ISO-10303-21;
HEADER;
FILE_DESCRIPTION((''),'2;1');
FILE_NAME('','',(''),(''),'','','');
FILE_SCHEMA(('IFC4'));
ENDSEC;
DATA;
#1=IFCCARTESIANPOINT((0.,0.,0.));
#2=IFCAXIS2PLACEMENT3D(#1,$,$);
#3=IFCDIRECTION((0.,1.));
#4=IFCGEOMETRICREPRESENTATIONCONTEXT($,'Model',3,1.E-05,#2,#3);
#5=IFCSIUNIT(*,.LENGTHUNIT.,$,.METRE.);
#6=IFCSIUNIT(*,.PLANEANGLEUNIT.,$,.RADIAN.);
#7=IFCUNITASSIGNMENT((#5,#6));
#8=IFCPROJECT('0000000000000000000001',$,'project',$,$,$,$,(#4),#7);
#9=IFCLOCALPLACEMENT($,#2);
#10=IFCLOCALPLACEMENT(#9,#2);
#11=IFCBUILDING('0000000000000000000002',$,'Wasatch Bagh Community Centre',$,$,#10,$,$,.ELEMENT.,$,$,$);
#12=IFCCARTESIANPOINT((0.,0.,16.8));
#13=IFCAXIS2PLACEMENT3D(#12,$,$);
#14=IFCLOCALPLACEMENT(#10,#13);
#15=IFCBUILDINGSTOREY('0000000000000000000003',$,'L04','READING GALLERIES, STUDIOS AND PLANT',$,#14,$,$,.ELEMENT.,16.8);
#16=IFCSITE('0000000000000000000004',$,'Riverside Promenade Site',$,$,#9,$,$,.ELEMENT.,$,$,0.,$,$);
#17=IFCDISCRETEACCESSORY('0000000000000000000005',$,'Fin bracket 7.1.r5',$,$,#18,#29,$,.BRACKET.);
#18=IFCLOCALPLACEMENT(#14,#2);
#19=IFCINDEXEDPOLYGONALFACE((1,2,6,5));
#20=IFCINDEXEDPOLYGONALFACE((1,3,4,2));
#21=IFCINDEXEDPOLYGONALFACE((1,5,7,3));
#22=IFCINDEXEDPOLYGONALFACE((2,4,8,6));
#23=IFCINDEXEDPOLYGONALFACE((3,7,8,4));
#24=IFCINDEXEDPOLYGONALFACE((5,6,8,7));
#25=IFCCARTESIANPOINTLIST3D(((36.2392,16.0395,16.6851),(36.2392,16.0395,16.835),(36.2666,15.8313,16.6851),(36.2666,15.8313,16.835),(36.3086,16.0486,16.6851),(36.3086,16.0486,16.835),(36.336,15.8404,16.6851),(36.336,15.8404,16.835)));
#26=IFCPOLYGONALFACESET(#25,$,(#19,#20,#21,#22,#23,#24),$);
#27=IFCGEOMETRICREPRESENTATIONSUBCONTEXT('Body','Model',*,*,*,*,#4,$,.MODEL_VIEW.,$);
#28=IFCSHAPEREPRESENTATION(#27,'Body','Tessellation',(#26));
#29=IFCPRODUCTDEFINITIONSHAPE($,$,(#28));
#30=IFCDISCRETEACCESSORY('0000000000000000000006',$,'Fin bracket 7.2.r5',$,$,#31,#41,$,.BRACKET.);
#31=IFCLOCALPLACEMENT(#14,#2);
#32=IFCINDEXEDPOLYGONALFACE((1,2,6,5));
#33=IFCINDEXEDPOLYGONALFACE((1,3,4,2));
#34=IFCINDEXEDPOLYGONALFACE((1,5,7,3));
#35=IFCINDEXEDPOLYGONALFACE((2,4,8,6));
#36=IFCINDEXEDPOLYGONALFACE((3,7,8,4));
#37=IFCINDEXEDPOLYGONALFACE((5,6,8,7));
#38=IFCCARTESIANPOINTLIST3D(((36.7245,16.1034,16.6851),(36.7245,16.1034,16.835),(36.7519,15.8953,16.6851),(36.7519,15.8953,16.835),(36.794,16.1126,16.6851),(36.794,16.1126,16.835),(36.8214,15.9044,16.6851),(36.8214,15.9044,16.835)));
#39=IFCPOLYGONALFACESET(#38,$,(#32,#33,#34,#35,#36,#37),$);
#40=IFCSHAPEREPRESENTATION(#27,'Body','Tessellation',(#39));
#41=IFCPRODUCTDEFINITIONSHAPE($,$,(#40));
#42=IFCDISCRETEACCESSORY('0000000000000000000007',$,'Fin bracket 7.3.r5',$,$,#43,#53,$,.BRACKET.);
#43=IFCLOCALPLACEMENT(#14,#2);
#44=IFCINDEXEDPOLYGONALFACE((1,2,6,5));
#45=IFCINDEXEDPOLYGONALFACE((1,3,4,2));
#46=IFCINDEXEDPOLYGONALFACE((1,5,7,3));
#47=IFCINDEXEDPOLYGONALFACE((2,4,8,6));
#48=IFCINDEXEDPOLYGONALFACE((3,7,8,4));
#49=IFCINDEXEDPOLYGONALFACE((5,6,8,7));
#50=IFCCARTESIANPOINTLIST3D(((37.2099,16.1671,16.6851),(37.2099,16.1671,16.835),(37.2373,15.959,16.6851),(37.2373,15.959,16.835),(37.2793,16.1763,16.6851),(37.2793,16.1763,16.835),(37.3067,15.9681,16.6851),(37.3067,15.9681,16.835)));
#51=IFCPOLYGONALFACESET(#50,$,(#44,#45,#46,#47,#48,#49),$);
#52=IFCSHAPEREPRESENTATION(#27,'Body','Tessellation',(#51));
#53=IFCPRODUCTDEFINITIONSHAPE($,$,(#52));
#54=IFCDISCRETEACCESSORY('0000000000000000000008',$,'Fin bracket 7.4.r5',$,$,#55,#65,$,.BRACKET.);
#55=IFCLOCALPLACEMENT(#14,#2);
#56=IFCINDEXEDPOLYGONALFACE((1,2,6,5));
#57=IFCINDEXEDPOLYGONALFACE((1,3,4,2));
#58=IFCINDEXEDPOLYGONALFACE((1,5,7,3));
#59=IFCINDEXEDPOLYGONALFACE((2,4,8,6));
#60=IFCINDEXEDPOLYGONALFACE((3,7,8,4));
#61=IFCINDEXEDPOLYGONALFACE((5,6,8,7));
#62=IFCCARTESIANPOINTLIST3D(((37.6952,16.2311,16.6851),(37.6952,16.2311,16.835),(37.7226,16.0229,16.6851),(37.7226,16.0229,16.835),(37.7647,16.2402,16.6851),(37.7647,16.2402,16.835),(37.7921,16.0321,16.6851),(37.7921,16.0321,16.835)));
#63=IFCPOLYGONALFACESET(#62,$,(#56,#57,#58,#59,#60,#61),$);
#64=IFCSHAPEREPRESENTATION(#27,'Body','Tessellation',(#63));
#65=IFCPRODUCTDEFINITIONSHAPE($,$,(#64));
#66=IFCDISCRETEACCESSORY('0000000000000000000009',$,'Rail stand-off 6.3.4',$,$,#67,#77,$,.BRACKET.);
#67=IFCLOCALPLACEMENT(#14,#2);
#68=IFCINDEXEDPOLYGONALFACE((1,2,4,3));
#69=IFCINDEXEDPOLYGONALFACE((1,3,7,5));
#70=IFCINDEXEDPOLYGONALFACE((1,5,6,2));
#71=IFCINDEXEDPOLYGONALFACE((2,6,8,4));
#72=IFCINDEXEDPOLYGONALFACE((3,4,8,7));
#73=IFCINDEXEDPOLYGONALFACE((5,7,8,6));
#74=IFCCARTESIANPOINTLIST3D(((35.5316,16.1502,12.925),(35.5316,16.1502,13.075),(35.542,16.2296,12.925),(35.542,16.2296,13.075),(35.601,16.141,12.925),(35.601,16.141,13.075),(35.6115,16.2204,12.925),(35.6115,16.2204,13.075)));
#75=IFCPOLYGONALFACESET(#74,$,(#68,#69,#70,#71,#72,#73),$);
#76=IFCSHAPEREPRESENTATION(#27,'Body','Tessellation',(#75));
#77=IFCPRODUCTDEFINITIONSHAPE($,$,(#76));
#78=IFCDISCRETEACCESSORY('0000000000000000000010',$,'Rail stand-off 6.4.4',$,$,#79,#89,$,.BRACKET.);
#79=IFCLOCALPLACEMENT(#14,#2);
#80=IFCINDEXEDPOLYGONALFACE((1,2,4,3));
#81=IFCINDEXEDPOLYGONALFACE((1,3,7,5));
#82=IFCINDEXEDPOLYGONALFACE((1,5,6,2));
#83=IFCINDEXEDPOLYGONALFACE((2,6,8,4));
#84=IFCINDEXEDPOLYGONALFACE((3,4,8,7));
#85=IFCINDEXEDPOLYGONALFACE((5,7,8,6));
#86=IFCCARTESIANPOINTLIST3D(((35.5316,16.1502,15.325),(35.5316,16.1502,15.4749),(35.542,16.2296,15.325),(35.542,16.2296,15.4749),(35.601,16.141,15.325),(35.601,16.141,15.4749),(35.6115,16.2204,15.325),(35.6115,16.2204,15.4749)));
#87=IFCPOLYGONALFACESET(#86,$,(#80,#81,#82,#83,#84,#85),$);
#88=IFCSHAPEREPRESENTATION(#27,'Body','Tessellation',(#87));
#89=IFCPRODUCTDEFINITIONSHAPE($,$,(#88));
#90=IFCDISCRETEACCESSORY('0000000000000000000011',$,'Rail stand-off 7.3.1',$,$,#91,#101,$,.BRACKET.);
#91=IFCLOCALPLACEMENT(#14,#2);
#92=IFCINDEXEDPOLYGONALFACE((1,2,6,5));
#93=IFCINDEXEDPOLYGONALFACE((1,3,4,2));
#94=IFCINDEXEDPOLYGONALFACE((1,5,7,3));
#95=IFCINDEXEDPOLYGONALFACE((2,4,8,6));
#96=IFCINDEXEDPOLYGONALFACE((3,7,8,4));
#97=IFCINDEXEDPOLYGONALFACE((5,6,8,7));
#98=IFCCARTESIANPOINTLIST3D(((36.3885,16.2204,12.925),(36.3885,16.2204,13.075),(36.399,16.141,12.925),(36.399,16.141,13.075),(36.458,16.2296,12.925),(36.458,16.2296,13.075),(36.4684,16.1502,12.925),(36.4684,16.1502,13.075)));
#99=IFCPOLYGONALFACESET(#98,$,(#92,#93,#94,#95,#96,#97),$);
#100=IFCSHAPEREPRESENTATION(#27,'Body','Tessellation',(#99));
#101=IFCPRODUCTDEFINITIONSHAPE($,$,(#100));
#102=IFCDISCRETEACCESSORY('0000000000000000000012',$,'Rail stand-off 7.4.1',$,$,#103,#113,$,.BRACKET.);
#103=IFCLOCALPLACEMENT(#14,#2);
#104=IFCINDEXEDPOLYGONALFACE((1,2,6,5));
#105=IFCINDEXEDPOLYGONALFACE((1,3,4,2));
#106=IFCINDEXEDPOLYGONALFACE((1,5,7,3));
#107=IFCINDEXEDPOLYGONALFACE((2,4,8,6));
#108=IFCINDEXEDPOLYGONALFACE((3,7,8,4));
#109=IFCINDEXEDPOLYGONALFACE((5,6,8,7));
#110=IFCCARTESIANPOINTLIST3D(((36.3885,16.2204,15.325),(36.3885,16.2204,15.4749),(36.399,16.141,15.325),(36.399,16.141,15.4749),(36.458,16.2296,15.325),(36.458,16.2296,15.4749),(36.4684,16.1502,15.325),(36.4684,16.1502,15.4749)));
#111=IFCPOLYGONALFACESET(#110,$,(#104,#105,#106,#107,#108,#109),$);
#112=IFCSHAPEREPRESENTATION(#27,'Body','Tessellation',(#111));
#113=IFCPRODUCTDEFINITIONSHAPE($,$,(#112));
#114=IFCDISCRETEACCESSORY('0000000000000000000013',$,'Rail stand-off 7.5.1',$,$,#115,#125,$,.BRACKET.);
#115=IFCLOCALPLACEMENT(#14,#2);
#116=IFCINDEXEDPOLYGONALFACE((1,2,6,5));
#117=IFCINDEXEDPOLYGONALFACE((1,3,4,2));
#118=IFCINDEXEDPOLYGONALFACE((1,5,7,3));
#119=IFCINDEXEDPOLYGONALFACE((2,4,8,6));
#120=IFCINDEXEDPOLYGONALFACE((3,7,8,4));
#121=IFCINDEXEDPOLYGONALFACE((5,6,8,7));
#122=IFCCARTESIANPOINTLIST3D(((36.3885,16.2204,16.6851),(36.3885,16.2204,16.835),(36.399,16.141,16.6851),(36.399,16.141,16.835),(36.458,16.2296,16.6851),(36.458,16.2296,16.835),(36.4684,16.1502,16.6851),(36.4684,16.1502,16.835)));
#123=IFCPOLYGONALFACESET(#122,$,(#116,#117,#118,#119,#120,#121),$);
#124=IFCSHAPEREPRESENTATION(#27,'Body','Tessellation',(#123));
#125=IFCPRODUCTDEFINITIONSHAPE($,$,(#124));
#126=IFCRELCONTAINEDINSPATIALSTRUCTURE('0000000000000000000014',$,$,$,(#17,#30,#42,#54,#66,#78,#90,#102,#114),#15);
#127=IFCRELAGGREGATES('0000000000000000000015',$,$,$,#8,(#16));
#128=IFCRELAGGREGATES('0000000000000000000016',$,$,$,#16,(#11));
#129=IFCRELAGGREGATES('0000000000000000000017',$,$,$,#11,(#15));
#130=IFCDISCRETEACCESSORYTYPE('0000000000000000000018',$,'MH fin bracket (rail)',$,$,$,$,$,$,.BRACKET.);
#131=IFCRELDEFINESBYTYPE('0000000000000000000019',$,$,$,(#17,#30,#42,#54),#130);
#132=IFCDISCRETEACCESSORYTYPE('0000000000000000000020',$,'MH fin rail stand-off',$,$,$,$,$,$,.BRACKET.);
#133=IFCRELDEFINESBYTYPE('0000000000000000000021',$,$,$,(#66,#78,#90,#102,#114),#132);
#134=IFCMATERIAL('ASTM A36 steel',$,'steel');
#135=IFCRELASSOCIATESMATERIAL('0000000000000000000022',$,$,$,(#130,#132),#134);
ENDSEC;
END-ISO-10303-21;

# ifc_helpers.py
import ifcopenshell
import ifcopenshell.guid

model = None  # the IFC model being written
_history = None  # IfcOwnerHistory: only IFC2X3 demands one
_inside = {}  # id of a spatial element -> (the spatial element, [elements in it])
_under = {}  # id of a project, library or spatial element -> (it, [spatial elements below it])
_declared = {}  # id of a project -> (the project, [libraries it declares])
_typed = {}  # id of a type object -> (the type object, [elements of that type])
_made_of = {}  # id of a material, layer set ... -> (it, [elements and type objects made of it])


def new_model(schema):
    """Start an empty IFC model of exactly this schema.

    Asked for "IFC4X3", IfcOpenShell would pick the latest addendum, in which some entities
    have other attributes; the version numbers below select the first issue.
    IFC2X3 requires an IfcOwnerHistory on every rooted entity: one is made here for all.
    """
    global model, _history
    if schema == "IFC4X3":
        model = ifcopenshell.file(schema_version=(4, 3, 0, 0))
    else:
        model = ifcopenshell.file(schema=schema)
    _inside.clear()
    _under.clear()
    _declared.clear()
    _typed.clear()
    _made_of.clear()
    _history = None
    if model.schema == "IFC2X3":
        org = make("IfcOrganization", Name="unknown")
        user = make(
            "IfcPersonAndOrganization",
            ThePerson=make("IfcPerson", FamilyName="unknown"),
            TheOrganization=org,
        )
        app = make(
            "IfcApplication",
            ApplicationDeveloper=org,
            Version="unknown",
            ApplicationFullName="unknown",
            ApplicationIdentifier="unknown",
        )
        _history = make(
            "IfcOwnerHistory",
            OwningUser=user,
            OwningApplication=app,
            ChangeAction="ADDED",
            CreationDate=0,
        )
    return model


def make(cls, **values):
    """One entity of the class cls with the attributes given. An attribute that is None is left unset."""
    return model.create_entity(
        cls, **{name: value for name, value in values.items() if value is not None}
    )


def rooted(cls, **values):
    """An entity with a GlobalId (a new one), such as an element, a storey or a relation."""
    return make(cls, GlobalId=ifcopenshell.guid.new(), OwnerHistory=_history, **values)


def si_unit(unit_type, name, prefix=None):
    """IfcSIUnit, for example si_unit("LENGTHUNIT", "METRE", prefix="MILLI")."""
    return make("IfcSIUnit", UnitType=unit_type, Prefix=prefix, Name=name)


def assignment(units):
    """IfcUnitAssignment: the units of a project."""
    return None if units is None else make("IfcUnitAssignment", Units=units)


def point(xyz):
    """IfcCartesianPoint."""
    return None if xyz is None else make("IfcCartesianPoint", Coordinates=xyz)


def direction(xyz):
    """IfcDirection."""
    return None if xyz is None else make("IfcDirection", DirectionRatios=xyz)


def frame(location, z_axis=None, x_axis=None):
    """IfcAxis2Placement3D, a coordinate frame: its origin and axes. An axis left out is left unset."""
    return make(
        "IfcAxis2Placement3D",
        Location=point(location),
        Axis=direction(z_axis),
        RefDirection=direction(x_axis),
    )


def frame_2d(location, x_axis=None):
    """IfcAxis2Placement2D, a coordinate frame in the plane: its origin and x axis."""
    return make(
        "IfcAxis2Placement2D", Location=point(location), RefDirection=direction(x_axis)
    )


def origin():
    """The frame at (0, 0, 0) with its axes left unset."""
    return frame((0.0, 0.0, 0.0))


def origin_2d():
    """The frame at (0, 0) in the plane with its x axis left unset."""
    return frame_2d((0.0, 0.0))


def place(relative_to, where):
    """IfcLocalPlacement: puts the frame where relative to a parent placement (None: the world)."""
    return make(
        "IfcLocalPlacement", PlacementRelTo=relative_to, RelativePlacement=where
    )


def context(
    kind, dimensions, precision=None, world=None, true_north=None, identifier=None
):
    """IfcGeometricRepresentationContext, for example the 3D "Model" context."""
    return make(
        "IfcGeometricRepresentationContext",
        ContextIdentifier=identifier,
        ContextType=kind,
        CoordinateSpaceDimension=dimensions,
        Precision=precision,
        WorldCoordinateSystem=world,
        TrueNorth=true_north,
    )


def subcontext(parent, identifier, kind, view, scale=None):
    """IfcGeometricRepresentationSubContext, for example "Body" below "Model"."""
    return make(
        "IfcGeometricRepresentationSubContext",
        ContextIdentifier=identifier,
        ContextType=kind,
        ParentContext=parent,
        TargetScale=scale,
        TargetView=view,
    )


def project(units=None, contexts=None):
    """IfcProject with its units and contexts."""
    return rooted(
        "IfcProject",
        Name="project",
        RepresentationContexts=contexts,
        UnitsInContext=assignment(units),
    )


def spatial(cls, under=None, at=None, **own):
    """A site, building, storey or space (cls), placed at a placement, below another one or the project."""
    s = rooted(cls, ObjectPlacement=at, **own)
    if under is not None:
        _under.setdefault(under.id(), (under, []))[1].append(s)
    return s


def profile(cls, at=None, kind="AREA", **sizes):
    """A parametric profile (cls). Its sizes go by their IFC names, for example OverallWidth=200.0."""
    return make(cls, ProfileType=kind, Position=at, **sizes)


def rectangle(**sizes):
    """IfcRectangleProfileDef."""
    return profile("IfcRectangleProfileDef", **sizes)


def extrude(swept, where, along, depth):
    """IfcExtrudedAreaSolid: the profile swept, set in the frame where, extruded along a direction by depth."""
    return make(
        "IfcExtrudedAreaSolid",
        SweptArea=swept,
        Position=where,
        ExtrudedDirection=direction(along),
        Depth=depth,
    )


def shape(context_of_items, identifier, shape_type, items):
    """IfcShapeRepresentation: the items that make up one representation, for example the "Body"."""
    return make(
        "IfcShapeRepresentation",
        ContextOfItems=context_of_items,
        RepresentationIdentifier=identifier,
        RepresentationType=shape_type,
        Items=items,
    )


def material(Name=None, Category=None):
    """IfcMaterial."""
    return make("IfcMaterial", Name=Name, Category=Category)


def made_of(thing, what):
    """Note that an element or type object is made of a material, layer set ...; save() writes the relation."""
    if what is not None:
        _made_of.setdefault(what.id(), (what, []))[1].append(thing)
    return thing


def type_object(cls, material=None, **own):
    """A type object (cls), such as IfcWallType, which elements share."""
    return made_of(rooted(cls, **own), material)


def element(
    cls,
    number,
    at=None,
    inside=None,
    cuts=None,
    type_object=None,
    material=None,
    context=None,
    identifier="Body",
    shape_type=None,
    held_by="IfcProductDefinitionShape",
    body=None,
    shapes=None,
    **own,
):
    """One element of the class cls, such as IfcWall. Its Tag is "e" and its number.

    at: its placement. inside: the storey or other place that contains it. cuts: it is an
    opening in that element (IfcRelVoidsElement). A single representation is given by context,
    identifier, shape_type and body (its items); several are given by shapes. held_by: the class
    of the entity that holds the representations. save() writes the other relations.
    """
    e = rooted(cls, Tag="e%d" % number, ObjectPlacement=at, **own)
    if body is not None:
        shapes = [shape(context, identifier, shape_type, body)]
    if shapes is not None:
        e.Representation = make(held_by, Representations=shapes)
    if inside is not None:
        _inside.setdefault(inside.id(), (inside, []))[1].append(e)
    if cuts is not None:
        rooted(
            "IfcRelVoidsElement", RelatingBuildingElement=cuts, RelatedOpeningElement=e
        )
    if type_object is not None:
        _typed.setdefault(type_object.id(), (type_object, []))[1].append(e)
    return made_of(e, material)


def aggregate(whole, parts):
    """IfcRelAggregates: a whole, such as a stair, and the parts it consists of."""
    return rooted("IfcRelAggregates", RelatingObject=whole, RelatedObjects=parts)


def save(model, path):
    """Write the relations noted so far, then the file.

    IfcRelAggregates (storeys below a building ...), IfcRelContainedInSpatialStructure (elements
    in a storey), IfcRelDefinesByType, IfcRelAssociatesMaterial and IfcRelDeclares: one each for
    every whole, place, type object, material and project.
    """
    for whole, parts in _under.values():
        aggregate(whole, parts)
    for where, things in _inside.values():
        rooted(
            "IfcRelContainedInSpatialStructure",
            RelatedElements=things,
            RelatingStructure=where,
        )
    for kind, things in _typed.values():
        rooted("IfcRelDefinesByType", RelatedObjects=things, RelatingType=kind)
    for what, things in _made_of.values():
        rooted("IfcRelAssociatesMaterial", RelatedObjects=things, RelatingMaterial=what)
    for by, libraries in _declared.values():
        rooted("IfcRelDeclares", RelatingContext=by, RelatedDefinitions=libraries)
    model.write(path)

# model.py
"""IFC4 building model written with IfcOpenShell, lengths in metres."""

from ifc_helpers import new_model, si_unit, direction, frame, origin, origin_2d, place, context, subcontext, project, spatial, rectangle, extrude, material, type_object, element, save


model = new_model("IFC4")

# Units and contexts
model_context = context("Model", 3, precision=1e-05, world=origin(), true_north=direction((0.0, 1.0)))
body_context = subcontext(model_context, "Body", "Model", "MODEL_VIEW")
ifc_project = project(units=[si_unit("LENGTHUNIT", "METRE"), si_unit("PLANEANGLEUNIT", "RADIAN")], contexts=[model_context])

# Site, building, storey
site_placement = place(None, origin())
site = spatial("IfcSite", under=ifc_project, at=site_placement, Name="Riverside Promenade Site", CompositionType="ELEMENT", RefElevation=0.0)
building_placement = place(site_placement, origin())
building = spatial("IfcBuilding", under=site, at=building_placement, Name="Wasatch Bagh Community Centre", CompositionType="ELEMENT")
storey_placement = place(building_placement, frame((0.0, 0.0, 16.8)))
storey = spatial("IfcBuildingStorey", under=building, at=storey_placement, Name="L04", Description="READING GALLERIES, STUDIOS AND PLANT", CompositionType="ELEMENT", Elevation=16.8)

# Discrete accessories
ifc_material_1 = material(Name="ASTM A36 steel", Category="steel")
discrete_accessory_type_1 = type_object("IfcDiscreteAccessoryType", Name="MH fin bracket (rail)", PredefinedType="BRACKET", material=ifc_material_1)
for number, where, z_axis, x_axis, name in (
    (1, (36.2876, 15.9399, 16.6851), (0.0, 0.0, 1.0), (0.991445, 0.130526, 0.0), "Fin bracket 7.1.r5"),
    (2, (36.7729, 16.0039, 16.6851), (0.0, 0.0, 1.0), (0.991445, 0.130526, 0.0), "Fin bracket 7.2.r5"),
    (3, (37.2583, 16.0676, 16.6851), (0.0, 0.0, 1.0), (0.991445, 0.130526, 0.0), "Fin bracket 7.3.r5"),
    (4, (37.7437, 16.1316, 16.6851), (0.0, 0.0, 1.0), (0.991445, 0.130526, 0.0), "Fin bracket 7.4.r5"),
):
    element("IfcDiscreteAccessory", number, at=place(storey_placement, frame(where, z_axis=z_axis, x_axis=x_axis)), inside=storey, type_object=discrete_accessory_type_1, Name=name, PredefinedType="BRACKET", context=body_context, shape_type="SweptSolid", body=[
        extrude(rectangle(XDim=0.0701, YDim=0.21, at=origin_2d()), origin(), (0.0, 0.0, 1.0), 0.1499),
    ])
discrete_accessory_type_2 = type_object("IfcDiscreteAccessoryType", Name="MH fin rail stand-off", PredefinedType="BRACKET", material=ifc_material_1)
for number, where, z_axis, x_axis, name in (
    (5, (35.5715, 16.1853, 12.925), (0.0, 0.0, 1.0), (0.991445, -0.130526, 0.0), "Rail stand-off 6.3.4"),
    (6, (35.5715, 16.1853, 15.325), (0.0, 0.0, 1.0), (0.991445, -0.130526, 0.0), "Rail stand-off 6.4.4"),
    (7, (36.4285, 16.1853, 12.925), (0.0, 0.0, 1.0), (0.991445, 0.130526, 0.0), "Rail stand-off 7.3.1"),
    (8, (36.4285, 16.1853, 15.325), (0.0, 0.0, 1.0), (0.991445, 0.130526, 0.0), "Rail stand-off 7.4.1"),
    (9, (36.4285, 16.1853, 16.6851), (0.0, 0.0, 1.0), (0.991445, 0.130526, 0.0), "Rail stand-off 7.5.1"),
):
    element("IfcDiscreteAccessory", number, at=place(storey_placement, frame(where, z_axis=z_axis, x_axis=x_axis)), inside=storey, type_object=discrete_accessory_type_2, Name=name, PredefinedType="BRACKET", context=body_context, shape_type="SweptSolid", body=[
        extrude(rectangle(XDim=0.0701, YDim=0.0801, at=origin_2d()), origin(), (0.0, 0.0, 1.0), 0.1499),
    ])

save(model, "model.ifc")
